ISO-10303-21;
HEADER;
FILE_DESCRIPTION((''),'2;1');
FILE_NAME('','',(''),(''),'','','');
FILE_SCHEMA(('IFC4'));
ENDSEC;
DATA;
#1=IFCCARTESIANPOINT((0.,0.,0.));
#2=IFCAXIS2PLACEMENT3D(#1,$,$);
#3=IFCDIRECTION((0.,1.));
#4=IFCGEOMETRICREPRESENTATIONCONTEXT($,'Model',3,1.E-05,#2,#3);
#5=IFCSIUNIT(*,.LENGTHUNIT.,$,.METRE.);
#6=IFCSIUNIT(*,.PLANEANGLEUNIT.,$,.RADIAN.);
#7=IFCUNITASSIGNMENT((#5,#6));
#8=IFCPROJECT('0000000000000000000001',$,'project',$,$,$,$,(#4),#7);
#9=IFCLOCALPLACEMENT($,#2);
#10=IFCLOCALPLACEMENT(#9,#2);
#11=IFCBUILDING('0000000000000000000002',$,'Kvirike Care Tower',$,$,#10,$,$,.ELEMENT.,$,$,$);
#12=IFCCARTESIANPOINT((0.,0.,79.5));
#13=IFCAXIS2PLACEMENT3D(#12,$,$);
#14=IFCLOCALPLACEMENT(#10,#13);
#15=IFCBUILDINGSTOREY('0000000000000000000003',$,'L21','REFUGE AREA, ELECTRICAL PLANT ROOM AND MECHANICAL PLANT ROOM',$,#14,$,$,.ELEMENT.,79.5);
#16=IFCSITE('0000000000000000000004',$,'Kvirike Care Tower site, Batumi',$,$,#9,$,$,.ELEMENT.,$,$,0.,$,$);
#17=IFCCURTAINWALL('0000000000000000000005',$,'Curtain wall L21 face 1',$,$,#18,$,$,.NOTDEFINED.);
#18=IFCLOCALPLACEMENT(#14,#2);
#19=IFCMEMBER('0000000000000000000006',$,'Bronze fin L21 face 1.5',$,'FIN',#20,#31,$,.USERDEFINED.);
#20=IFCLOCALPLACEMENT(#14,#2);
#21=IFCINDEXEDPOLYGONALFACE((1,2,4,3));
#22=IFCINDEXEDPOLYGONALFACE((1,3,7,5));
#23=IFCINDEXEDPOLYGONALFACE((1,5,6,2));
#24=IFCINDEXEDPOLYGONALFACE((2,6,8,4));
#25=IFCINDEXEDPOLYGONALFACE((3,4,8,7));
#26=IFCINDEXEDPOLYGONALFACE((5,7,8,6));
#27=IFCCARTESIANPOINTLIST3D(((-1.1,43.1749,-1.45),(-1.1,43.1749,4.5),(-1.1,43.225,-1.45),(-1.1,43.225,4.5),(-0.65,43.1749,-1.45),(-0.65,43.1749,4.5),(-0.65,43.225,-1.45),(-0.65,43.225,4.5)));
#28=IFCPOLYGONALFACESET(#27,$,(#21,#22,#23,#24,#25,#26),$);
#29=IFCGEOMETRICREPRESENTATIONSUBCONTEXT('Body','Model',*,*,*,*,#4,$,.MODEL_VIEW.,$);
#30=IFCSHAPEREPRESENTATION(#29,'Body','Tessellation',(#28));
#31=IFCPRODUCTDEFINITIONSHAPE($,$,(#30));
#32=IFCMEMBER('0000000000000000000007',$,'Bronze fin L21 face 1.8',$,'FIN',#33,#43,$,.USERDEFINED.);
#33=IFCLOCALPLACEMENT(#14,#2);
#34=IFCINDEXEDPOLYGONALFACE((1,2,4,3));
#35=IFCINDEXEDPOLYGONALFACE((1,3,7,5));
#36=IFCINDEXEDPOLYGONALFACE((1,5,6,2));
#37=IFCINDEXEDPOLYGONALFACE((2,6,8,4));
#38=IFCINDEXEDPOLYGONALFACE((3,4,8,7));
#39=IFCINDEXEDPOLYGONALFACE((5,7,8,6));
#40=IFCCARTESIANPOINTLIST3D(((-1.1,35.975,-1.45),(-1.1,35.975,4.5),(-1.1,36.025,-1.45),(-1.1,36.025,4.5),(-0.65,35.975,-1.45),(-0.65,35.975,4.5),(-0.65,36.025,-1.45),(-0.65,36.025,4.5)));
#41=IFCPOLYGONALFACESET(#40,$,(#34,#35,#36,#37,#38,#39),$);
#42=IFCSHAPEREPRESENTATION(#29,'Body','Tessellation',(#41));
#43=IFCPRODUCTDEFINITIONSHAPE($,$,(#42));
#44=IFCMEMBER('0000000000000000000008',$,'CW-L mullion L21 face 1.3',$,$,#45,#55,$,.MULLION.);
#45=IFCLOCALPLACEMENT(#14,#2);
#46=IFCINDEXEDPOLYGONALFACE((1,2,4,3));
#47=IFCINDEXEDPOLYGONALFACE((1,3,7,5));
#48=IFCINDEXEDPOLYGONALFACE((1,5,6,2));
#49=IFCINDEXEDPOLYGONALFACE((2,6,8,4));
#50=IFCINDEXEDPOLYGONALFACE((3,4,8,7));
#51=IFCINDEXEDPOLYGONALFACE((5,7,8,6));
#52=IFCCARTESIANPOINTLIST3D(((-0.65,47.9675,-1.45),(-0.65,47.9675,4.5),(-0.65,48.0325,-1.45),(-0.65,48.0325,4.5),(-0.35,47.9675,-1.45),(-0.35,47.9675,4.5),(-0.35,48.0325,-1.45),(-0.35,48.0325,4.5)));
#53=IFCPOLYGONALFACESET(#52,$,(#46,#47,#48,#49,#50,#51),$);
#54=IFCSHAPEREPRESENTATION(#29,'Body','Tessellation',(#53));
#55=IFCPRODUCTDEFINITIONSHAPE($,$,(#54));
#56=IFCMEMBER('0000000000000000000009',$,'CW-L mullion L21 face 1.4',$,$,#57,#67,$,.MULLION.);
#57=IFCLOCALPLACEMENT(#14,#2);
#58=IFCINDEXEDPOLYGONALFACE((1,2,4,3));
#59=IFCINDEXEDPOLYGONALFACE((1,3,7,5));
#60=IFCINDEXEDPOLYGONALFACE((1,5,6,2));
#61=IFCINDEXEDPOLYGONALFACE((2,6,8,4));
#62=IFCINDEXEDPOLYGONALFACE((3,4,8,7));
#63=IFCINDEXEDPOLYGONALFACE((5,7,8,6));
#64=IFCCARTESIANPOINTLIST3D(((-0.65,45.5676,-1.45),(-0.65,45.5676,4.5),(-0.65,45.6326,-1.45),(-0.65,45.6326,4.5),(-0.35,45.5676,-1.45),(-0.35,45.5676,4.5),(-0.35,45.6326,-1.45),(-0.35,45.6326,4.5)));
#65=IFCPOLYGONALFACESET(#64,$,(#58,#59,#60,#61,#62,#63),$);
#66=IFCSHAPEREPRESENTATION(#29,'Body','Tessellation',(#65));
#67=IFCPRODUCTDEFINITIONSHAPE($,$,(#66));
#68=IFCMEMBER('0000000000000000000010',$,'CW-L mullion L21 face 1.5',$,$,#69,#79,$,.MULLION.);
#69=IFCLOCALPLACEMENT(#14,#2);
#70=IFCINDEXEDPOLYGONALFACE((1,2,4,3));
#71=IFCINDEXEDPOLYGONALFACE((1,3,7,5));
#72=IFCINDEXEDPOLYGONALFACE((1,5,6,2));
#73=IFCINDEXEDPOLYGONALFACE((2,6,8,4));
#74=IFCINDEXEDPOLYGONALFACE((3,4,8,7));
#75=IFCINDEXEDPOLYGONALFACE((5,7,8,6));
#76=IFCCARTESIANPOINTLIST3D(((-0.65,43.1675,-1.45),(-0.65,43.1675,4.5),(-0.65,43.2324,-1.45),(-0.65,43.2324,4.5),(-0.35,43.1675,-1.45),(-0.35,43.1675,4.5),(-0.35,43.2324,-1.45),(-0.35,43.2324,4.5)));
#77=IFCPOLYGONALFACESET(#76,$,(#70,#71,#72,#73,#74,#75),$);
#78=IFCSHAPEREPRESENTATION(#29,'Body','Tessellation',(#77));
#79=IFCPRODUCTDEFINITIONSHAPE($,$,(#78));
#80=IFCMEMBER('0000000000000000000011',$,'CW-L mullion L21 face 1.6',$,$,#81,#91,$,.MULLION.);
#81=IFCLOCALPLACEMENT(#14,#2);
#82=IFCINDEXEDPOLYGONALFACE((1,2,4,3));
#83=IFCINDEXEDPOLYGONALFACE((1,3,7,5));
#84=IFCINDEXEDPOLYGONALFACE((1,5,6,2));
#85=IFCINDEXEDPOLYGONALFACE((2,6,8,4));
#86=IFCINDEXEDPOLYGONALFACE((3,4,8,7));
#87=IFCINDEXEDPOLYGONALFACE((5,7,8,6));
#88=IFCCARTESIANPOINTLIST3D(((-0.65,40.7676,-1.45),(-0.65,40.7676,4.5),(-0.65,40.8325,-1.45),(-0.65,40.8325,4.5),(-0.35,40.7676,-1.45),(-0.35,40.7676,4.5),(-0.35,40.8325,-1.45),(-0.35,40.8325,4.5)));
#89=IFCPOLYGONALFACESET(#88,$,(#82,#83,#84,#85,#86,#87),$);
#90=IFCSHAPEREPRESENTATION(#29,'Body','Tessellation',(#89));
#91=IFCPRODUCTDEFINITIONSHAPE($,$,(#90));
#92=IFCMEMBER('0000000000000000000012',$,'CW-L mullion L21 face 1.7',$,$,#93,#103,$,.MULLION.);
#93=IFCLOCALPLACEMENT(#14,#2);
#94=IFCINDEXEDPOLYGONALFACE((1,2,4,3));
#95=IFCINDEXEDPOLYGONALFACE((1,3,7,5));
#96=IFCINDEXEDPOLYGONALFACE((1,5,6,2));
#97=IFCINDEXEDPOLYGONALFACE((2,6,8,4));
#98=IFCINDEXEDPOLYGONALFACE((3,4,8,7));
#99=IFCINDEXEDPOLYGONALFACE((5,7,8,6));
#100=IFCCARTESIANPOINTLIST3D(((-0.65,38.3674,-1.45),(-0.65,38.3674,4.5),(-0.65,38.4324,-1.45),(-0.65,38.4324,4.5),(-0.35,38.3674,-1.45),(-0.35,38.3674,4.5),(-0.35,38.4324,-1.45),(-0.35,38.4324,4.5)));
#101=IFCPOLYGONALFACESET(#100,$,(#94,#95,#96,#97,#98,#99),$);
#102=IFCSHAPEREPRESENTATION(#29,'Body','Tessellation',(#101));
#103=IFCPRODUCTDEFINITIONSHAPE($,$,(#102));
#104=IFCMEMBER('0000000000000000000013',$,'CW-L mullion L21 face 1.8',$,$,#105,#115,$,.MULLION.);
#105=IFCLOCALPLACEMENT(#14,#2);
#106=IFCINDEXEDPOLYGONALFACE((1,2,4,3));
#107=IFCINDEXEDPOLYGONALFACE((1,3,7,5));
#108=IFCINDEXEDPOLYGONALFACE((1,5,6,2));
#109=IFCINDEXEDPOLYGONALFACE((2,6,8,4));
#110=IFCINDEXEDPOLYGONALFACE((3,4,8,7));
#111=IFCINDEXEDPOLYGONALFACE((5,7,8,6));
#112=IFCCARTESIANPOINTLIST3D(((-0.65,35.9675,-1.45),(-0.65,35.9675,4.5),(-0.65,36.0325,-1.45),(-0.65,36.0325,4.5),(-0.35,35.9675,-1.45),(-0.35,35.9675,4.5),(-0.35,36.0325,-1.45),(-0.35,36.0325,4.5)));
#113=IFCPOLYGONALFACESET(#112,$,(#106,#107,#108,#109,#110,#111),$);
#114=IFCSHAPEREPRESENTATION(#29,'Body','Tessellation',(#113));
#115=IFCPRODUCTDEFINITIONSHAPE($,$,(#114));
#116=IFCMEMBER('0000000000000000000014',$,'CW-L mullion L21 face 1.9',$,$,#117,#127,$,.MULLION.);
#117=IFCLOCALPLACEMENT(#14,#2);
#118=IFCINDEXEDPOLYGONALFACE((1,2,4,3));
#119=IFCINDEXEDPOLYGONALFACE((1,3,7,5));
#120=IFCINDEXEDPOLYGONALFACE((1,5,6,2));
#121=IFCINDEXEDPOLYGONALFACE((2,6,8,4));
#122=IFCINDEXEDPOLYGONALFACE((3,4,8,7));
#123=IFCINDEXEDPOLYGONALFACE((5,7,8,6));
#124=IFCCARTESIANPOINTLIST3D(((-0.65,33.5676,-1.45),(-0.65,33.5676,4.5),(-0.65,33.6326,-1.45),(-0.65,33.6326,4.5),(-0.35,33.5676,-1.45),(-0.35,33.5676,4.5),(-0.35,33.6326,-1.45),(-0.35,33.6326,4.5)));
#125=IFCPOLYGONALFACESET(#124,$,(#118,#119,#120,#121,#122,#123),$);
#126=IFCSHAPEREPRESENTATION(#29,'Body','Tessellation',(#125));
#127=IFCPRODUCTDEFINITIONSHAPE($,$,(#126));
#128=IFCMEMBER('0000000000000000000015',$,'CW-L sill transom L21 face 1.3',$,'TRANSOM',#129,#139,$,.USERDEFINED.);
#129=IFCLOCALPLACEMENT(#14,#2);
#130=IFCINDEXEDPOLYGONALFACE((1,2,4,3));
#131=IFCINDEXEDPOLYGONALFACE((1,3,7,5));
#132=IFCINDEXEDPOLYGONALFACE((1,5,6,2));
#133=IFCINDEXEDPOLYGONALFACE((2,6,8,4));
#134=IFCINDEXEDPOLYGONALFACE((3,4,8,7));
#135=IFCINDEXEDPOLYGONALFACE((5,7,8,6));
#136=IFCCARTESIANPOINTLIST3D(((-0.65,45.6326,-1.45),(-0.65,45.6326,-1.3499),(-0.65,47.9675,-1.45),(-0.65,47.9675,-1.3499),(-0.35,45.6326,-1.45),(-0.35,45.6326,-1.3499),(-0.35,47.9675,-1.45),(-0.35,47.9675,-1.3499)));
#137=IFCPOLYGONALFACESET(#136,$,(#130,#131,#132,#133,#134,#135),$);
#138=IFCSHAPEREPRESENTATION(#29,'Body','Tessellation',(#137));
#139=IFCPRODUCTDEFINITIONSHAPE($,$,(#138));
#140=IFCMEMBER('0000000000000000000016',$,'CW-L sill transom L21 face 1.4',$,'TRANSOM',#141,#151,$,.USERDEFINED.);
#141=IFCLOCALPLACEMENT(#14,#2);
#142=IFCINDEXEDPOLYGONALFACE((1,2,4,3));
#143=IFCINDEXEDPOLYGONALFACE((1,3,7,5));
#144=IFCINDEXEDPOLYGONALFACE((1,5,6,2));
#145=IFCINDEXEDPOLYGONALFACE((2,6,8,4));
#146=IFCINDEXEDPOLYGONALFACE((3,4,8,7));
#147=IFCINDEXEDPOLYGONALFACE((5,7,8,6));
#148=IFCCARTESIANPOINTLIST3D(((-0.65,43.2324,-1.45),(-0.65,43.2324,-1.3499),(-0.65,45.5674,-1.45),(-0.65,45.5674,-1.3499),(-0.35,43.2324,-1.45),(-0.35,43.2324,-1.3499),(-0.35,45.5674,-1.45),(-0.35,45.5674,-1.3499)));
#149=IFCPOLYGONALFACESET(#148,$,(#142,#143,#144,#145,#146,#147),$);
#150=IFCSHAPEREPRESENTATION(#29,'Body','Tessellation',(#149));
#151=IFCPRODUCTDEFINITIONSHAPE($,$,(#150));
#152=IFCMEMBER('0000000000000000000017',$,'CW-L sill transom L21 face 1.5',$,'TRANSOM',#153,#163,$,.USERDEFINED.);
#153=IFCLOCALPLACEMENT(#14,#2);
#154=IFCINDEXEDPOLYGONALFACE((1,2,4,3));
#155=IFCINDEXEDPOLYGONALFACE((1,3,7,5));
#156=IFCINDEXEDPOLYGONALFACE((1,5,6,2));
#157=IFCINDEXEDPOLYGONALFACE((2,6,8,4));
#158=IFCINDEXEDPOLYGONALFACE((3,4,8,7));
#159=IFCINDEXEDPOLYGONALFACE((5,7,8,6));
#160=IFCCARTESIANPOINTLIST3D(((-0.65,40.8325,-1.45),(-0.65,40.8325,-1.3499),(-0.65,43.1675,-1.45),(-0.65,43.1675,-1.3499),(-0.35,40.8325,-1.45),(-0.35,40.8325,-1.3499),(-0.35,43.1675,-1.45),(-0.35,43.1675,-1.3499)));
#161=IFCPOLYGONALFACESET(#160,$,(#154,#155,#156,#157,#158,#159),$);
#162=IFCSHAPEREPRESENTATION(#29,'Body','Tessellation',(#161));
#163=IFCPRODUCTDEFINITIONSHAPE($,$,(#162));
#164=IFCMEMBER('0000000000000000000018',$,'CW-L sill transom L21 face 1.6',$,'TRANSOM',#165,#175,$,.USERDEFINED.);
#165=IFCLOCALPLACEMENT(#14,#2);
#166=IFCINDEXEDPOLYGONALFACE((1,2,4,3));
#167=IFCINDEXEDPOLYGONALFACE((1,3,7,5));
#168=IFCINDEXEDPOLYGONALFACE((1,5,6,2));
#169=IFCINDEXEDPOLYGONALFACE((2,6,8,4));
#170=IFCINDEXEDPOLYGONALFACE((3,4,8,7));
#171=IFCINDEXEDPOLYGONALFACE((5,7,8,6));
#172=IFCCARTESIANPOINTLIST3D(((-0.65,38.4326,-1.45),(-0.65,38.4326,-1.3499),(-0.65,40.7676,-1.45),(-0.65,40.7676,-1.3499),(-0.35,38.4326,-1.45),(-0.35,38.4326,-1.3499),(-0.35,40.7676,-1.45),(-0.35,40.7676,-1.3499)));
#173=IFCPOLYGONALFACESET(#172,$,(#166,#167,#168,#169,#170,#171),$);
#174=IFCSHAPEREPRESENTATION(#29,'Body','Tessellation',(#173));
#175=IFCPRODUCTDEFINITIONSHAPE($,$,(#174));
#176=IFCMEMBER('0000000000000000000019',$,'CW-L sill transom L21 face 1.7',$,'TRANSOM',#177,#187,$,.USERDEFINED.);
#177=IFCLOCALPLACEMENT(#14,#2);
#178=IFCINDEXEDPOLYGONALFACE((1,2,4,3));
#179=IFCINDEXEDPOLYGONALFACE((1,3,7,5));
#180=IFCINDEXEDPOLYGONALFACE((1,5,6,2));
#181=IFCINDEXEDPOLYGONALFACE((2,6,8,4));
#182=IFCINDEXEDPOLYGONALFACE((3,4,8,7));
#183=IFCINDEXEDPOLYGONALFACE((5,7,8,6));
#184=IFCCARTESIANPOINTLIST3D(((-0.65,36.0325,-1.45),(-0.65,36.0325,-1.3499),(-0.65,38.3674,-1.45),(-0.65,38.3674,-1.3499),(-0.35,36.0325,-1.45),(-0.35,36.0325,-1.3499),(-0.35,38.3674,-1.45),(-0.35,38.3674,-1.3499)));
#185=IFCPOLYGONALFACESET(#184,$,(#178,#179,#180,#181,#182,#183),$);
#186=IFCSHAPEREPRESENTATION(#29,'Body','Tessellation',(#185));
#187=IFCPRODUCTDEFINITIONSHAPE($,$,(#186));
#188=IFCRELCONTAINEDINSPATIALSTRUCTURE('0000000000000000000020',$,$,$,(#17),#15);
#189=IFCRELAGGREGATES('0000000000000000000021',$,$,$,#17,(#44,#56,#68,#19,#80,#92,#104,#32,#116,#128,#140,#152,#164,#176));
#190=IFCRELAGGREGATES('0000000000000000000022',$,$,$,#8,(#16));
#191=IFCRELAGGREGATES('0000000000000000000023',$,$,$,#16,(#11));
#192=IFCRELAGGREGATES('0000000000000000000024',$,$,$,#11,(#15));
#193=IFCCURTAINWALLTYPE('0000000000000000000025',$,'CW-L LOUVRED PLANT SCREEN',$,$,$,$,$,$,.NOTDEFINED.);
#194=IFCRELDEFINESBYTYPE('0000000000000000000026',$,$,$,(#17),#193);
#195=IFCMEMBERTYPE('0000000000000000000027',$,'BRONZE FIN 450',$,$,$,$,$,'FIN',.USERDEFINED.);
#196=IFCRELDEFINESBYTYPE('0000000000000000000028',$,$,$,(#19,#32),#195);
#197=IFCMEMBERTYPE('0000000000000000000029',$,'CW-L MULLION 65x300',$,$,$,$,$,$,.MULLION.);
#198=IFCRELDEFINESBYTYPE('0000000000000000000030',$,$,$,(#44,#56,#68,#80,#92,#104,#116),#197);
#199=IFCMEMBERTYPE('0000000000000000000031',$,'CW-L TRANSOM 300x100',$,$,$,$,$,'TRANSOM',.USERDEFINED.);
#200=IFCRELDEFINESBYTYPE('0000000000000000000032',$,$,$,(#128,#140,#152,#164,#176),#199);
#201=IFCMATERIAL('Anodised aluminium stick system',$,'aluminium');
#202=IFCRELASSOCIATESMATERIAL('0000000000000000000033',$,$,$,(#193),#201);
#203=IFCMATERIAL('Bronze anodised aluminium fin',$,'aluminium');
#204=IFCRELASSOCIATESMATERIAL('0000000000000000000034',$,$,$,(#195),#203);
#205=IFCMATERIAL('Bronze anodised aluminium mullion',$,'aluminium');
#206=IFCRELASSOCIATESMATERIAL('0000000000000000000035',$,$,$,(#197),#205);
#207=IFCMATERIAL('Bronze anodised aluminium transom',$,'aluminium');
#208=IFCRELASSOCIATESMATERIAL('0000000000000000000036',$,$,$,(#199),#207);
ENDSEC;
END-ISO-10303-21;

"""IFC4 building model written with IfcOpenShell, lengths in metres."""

from ifc_helpers import new_model, si_unit, direction, frame, origin, origin_2d, place, context, subcontext, project, spatial, rectangle, extrude, material, material_profile, profile_set, type_object, element, aggregate, save


model = new_model("IFC4")

# Units and contexts
model_context = context("Model", 3, precision=1e-05, world=origin(), true_north=direction((0.0, 1.0)))
body_context = subcontext(model_context, "Body", "Model", "MODEL_VIEW")
ifc_project = project(units=[si_unit("LENGTHUNIT", "METRE"), si_unit("PLANEANGLEUNIT", "RADIAN")], contexts=[model_context])

# Site, building, storey
site_placement = place(None, origin())
site = spatial("IfcSite", under=ifc_project, at=site_placement, Name="Kvirike Care Tower site, Batumi", CompositionType="ELEMENT", RefElevation=0.0)
building_placement = place(site_placement, origin())
building = spatial("IfcBuilding", under=site, at=building_placement, Name="Kvirike Care Tower", CompositionType="ELEMENT")
storey_placement = place(building_placement, frame((0.0, 0.0, 79.5)))
storey = spatial("IfcBuildingStorey", under=building, at=storey_placement, Name="L21", Description="REFUGE AREA, ELECTRICAL PLANT ROOM AND MECHANICAL PLANT ROOM", CompositionType="ELEMENT", Elevation=79.5)

# Curtain wall, members
ifc_material_1 = material(Name="Anodised aluminium stick system", Category="aluminium")
curtain_wall_type = type_object("IfcCurtainWallType", Name="CW-L LOUVRED PLANT SCREEN", PredefinedType="NOTDEFINED", material=ifc_material_1)
curtain_wall_placement = place(storey_placement, origin())
curtain_wall = element("IfcCurtainWall", 1, at=curtain_wall_placement, inside=storey, type_object=curtain_wall_type, Name="Curtain wall L21 face 1", PredefinedType="NOTDEFINED")
ifc_material_2 = material(Name="Bronze anodised aluminium fin", Category="aluminium")
ifc_material_profile_1 = material_profile(ifc_material_2, rectangle(XDim=0.05, YDim=0.45, at=origin_2d()), Name="BRONZE FIN 450")
ifc_profile_set_1 = profile_set([ifc_material_profile_1], Name="Bronze anodised aluminium fin")
member_type_1 = type_object("IfcMemberType", Name="BRONZE FIN 450", ElementType="FIN", PredefinedType="USERDEFINED", material=ifc_profile_set_1)
member_1_placement = place(storey_placement, frame((-0.875, 43.2, -1.45), z_axis=(0.0, 0.0, 1.0), x_axis=(0.0, -1.0, 0.0)))
member_1 = element("IfcMember", 2, at=member_1_placement, type_object=member_type_1, Name="Bronze fin L21 face 1.5", ObjectType="FIN", PredefinedType="USERDEFINED", context=body_context, shape_type="SweptSolid", body=[
    extrude(rectangle(XDim=0.05, YDim=0.45, at=origin_2d()), origin(), (0.0, 0.0, 1.0), 5.95),
])
member_2_placement = place(storey_placement, frame((-0.875, 36.0, -1.45), z_axis=(0.0, 0.0, 1.0), x_axis=(0.0, -1.0, 0.0)))
member_2 = element("IfcMember", 3, at=member_2_placement, type_object=member_type_1, Name="Bronze fin L21 face 1.8", ObjectType="FIN", PredefinedType="USERDEFINED", context=body_context, shape_type="SweptSolid", body=[
    extrude(rectangle(XDim=0.05, YDim=0.45, at=origin_2d()), origin(), (0.0, 0.0, 1.0), 5.95),
])
ifc_material_3 = material(Name="Bronze anodised aluminium mullion", Category="aluminium")
ifc_material_profile_2 = material_profile(ifc_material_3, rectangle(XDim=0.0649, YDim=0.3, at=origin_2d()), Name="CW-L MULLION 65x300")
ifc_profile_set_2 = profile_set([ifc_material_profile_2], Name="Bronze anodised aluminium mullion")
member_type_2 = type_object("IfcMemberType", Name="CW-L MULLION 65x300", PredefinedType="MULLION", material=ifc_profile_set_2)
member_3_placement = place(storey_placement, frame((-0.5, 48.0, -1.45), z_axis=(0.0, 0.0, 1.0), x_axis=(0.0, -1.0, 0.0)))
member_3 = element("IfcMember", 4, at=member_3_placement, type_object=member_type_2, Name="CW-L mullion L21 face 1.3", PredefinedType="MULLION", context=body_context, shape_type="SweptSolid", body=[
    extrude(rectangle(XDim=0.0649, YDim=0.3, at=origin_2d()), origin(), (0.0, 0.0, 1.0), 5.95),
])
member_4_placement = place(storey_placement, frame((-0.5, 45.6001, -1.45), z_axis=(0.0, 0.0, 1.0), x_axis=(0.0, -1.0, 0.0)))
member_4 = element("IfcMember", 5, at=member_4_placement, type_object=member_type_2, Name="CW-L mullion L21 face 1.4", PredefinedType="MULLION", context=body_context, shape_type="SweptSolid", body=[
    extrude(rectangle(XDim=0.0649, YDim=0.3, at=origin_2d()), origin(), (0.0, 0.0, 1.0), 5.95),
])
member_5_placement = place(storey_placement, frame((-0.5, 43.2, -1.45), z_axis=(0.0, 0.0, 1.0), x_axis=(0.0, -1.0, 0.0)))
member_5 = element("IfcMember", 6, at=member_5_placement, type_object=member_type_2, Name="CW-L mullion L21 face 1.5", PredefinedType="MULLION", context=body_context, shape_type="SweptSolid", body=[
    extrude(rectangle(XDim=0.0649, YDim=0.3, at=origin_2d()), origin(), (0.0, 0.0, 1.0), 5.95),
])
member_6_placement = place(storey_placement, frame((-0.5, 40.8, -1.45), z_axis=(0.0, 0.0, 1.0), x_axis=(0.0, -1.0, 0.0)))
member_6 = element("IfcMember", 7, at=member_6_placement, type_object=member_type_2, Name="CW-L mullion L21 face 1.6", PredefinedType="MULLION", context=body_context, shape_type="SweptSolid", body=[
    extrude(rectangle(XDim=0.0649, YDim=0.3, at=origin_2d()), origin(), (0.0, 0.0, 1.0), 5.95),
])
member_7_placement = place(storey_placement, frame((-0.5, 38.3999, -1.45), z_axis=(0.0, 0.0, 1.0), x_axis=(0.0, -1.0, 0.0)))
member_7 = element("IfcMember", 8, at=member_7_placement, type_object=member_type_2, Name="CW-L mullion L21 face 1.7", PredefinedType="MULLION", context=body_context, shape_type="SweptSolid", body=[
    extrude(rectangle(XDim=0.0649, YDim=0.3, at=origin_2d()), origin(), (0.0, 0.0, 1.0), 5.95),
])
member_8_placement = place(storey_placement, frame((-0.5, 36.0, -1.45), z_axis=(0.0, 0.0, 1.0), x_axis=(0.0, -1.0, 0.0)))
member_8 = element("IfcMember", 9, at=member_8_placement, type_object=member_type_2, Name="CW-L mullion L21 face 1.8", PredefinedType="MULLION", context=body_context, shape_type="SweptSolid", body=[
    extrude(rectangle(XDim=0.0649, YDim=0.3, at=origin_2d()), origin(), (0.0, 0.0, 1.0), 5.95),
])
member_9_placement = place(storey_placement, frame((-0.5, 33.6001, -1.45), z_axis=(0.0, 0.0, 1.0), x_axis=(0.0, -1.0, 0.0)))
member_9 = element("IfcMember", 10, at=member_9_placement, type_object=member_type_2, Name="CW-L mullion L21 face 1.9", PredefinedType="MULLION", context=body_context, shape_type="SweptSolid", body=[
    extrude(rectangle(XDim=0.0649, YDim=0.3, at=origin_2d()), origin(), (0.0, 0.0, 1.0), 5.95),
])
ifc_material_4 = material(Name="Bronze anodised aluminium transom", Category="aluminium")
ifc_material_profile_3 = material_profile(ifc_material_4, rectangle(XDim=0.3, YDim=0.1001, at=origin_2d()), Name="CW-L TRANSOM 300x100")
ifc_profile_set_3 = profile_set([ifc_material_profile_3], Name="Bronze anodised aluminium transom")
member_type_3 = type_object("IfcMemberType", Name="CW-L TRANSOM 300x100", ElementType="TRANSOM", PredefinedType="USERDEFINED", material=ifc_profile_set_3)
member_10_placement = place(storey_placement, frame((-0.5, 47.9675, -1.3999), z_axis=(0.0, -1.0, 0.0), x_axis=(1.0, 0.0, 0.0)))
member_10 = element("IfcMember", 11, at=member_10_placement, type_object=member_type_3, Name="CW-L sill transom L21 face 1.3", ObjectType="TRANSOM", PredefinedType="USERDEFINED", context=body_context, shape_type="SweptSolid", body=[
    extrude(rectangle(XDim=0.3, YDim=0.1001, at=origin_2d()), origin(), (0.0, 0.0, 1.0), 2.335),
])
member_11_placement = place(storey_placement, frame((-0.5, 45.5674, -1.3999), z_axis=(0.0, -1.0, 0.0), x_axis=(1.0, 0.0, 0.0)))
member_11 = element("IfcMember", 12, at=member_11_placement, type_object=member_type_3, Name="CW-L sill transom L21 face 1.4", ObjectType="TRANSOM", PredefinedType="USERDEFINED", context=body_context, shape_type="SweptSolid", body=[
    extrude(rectangle(XDim=0.3, YDim=0.1001, at=origin_2d()), origin(), (0.0, 0.0, 1.0), 2.335),
])
member_12_placement = place(storey_placement, frame((-0.5, 43.1675, -1.3999), z_axis=(0.0, -1.0, 0.0), x_axis=(1.0, 0.0, 0.0)))
member_12 = element("IfcMember", 13, at=member_12_placement, type_object=member_type_3, Name="CW-L sill transom L21 face 1.5", ObjectType="TRANSOM", PredefinedType="USERDEFINED", context=body_context, shape_type="SweptSolid", body=[
    extrude(rectangle(XDim=0.3, YDim=0.1001, at=origin_2d()), origin(), (0.0, 0.0, 1.0), 2.335),
])
member_13_placement = place(storey_placement, frame((-0.5, 40.7676, -1.3999), z_axis=(0.0, -1.0, 0.0), x_axis=(1.0, 0.0, 0.0)))
member_13 = element("IfcMember", 14, at=member_13_placement, type_object=member_type_3, Name="CW-L sill transom L21 face 1.6", ObjectType="TRANSOM", PredefinedType="USERDEFINED", context=body_context, shape_type="SweptSolid", body=[
    extrude(rectangle(XDim=0.3, YDim=0.1001, at=origin_2d()), origin(), (0.0, 0.0, 1.0), 2.335),
])
member_14_placement = place(storey_placement, frame((-0.5, 38.3674, -1.3999), z_axis=(0.0, -1.0, 0.0), x_axis=(1.0, 0.0, 0.0)))
member_14 = element("IfcMember", 15, at=member_14_placement, type_object=member_type_3, Name="CW-L sill transom L21 face 1.7", ObjectType="TRANSOM", PredefinedType="USERDEFINED", context=body_context, shape_type="SweptSolid", body=[
    extrude(rectangle(XDim=0.3, YDim=0.1001, at=origin_2d()), origin(), (0.0, 0.0, 1.0), 2.335),
])

aggregate(curtain_wall, [member_3, member_4, member_5, member_1, member_6, member_7, member_8, member_2, member_9, member_10, member_11, member_12, member_13, member_14])

save(model, "model.ifc")
